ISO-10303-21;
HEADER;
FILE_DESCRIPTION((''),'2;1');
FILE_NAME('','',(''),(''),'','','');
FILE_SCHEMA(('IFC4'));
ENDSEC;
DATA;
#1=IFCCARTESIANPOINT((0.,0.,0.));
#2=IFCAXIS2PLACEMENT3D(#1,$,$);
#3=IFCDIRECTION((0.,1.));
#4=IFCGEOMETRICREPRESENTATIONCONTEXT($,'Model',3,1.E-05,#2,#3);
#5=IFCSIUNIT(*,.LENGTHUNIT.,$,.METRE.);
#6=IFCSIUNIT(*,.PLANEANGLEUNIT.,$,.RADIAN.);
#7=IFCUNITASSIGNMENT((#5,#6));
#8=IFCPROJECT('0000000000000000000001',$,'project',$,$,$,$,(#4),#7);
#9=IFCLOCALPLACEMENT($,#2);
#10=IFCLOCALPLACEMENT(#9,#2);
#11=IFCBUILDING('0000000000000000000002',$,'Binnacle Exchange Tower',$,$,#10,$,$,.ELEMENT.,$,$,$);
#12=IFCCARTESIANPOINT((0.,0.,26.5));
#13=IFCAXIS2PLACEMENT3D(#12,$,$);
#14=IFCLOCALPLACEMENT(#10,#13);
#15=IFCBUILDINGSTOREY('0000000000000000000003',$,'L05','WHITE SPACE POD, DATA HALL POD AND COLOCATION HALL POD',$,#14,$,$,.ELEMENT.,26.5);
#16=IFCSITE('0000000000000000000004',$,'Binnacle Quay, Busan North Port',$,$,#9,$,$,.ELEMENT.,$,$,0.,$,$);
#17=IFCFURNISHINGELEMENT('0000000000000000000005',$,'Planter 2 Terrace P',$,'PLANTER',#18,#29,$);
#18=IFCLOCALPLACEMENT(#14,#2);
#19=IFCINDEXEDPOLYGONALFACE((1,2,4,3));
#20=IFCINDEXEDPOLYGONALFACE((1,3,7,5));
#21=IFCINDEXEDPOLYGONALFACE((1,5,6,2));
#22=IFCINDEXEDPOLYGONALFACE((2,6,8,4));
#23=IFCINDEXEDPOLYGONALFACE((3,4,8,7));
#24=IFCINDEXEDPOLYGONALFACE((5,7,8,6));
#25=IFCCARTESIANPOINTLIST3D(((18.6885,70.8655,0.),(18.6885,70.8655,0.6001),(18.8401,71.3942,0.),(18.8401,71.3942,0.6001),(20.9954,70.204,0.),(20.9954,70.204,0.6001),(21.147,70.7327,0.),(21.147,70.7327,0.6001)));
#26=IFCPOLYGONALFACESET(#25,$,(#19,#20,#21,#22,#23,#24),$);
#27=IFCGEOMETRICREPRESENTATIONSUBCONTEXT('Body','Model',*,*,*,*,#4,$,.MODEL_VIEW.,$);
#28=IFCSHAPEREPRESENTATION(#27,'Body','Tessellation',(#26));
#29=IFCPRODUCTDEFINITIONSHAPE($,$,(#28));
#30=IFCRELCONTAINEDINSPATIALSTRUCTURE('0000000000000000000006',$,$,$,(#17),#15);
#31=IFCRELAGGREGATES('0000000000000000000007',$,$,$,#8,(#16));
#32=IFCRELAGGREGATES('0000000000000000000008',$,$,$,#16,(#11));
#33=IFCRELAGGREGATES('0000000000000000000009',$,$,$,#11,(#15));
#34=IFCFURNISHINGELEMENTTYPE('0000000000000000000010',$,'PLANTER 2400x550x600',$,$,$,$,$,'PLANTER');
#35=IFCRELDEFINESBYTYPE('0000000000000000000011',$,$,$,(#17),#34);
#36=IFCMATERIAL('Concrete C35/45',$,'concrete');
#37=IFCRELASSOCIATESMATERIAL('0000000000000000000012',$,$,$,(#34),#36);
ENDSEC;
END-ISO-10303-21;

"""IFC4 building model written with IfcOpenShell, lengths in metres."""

from ifc_helpers import new_model, si_unit, direction, frame, origin, origin_2d, place, context, subcontext, project, spatial, rectangle, extrude, material, type_object, element, save


model = new_model("IFC4")

# Units and contexts
model_context = context("Model", 3, precision=1e-05, world=origin(), true_north=direction((0.0, 1.0)))
body_context = subcontext(model_context, "Body", "Model", "MODEL_VIEW")
ifc_project = project(units=[si_unit("LENGTHUNIT", "METRE"), si_unit("PLANEANGLEUNIT", "RADIAN")], contexts=[model_context])

# Site, building, storey
site_placement = place(None, origin())
site = spatial("IfcSite", under=ifc_project, at=site_placement, Name="Binnacle Quay, Busan North Port", CompositionType="ELEMENT", RefElevation=0.0)
building_placement = place(site_placement, origin())
building = spatial("IfcBuilding", under=site, at=building_placement, Name="Binnacle Exchange Tower", CompositionType="ELEMENT")
storey_placement = place(building_placement, frame((0.0, 0.0, 26.5)))
storey = spatial("IfcBuildingStorey", under=building, at=storey_placement, Name="L05", Description="WHITE SPACE POD, DATA HALL POD AND COLOCATION HALL POD", CompositionType="ELEMENT", Elevation=26.5)

# Furnishing element
ifc_material_1 = material(Name="Concrete C35/45", Category="concrete")
furnishing_element_type = type_object("IfcFurnishingElementType", Name="PLANTER 2400x550x600", ElementType="PLANTER", material=ifc_material_1)
furnishing_placement = place(storey_placement, frame((19.9177, 70.7991, 0.0), z_axis=(0.0, 0.0, 1.0), x_axis=(-0.961262, 0.275637, 0.0)))
element("IfcFurnishingElement", 1, at=furnishing_placement, inside=storey, type_object=furnishing_element_type, Name="Planter 2 Terrace P", ObjectType="PLANTER", context=body_context, shape_type="SweptSolid", body=[
    extrude(rectangle(XDim=2.3999, YDim=0.55, at=origin_2d()), origin(), (0.0, 0.0, 1.0), 0.6001),
])

save(model, "model.ifc")
